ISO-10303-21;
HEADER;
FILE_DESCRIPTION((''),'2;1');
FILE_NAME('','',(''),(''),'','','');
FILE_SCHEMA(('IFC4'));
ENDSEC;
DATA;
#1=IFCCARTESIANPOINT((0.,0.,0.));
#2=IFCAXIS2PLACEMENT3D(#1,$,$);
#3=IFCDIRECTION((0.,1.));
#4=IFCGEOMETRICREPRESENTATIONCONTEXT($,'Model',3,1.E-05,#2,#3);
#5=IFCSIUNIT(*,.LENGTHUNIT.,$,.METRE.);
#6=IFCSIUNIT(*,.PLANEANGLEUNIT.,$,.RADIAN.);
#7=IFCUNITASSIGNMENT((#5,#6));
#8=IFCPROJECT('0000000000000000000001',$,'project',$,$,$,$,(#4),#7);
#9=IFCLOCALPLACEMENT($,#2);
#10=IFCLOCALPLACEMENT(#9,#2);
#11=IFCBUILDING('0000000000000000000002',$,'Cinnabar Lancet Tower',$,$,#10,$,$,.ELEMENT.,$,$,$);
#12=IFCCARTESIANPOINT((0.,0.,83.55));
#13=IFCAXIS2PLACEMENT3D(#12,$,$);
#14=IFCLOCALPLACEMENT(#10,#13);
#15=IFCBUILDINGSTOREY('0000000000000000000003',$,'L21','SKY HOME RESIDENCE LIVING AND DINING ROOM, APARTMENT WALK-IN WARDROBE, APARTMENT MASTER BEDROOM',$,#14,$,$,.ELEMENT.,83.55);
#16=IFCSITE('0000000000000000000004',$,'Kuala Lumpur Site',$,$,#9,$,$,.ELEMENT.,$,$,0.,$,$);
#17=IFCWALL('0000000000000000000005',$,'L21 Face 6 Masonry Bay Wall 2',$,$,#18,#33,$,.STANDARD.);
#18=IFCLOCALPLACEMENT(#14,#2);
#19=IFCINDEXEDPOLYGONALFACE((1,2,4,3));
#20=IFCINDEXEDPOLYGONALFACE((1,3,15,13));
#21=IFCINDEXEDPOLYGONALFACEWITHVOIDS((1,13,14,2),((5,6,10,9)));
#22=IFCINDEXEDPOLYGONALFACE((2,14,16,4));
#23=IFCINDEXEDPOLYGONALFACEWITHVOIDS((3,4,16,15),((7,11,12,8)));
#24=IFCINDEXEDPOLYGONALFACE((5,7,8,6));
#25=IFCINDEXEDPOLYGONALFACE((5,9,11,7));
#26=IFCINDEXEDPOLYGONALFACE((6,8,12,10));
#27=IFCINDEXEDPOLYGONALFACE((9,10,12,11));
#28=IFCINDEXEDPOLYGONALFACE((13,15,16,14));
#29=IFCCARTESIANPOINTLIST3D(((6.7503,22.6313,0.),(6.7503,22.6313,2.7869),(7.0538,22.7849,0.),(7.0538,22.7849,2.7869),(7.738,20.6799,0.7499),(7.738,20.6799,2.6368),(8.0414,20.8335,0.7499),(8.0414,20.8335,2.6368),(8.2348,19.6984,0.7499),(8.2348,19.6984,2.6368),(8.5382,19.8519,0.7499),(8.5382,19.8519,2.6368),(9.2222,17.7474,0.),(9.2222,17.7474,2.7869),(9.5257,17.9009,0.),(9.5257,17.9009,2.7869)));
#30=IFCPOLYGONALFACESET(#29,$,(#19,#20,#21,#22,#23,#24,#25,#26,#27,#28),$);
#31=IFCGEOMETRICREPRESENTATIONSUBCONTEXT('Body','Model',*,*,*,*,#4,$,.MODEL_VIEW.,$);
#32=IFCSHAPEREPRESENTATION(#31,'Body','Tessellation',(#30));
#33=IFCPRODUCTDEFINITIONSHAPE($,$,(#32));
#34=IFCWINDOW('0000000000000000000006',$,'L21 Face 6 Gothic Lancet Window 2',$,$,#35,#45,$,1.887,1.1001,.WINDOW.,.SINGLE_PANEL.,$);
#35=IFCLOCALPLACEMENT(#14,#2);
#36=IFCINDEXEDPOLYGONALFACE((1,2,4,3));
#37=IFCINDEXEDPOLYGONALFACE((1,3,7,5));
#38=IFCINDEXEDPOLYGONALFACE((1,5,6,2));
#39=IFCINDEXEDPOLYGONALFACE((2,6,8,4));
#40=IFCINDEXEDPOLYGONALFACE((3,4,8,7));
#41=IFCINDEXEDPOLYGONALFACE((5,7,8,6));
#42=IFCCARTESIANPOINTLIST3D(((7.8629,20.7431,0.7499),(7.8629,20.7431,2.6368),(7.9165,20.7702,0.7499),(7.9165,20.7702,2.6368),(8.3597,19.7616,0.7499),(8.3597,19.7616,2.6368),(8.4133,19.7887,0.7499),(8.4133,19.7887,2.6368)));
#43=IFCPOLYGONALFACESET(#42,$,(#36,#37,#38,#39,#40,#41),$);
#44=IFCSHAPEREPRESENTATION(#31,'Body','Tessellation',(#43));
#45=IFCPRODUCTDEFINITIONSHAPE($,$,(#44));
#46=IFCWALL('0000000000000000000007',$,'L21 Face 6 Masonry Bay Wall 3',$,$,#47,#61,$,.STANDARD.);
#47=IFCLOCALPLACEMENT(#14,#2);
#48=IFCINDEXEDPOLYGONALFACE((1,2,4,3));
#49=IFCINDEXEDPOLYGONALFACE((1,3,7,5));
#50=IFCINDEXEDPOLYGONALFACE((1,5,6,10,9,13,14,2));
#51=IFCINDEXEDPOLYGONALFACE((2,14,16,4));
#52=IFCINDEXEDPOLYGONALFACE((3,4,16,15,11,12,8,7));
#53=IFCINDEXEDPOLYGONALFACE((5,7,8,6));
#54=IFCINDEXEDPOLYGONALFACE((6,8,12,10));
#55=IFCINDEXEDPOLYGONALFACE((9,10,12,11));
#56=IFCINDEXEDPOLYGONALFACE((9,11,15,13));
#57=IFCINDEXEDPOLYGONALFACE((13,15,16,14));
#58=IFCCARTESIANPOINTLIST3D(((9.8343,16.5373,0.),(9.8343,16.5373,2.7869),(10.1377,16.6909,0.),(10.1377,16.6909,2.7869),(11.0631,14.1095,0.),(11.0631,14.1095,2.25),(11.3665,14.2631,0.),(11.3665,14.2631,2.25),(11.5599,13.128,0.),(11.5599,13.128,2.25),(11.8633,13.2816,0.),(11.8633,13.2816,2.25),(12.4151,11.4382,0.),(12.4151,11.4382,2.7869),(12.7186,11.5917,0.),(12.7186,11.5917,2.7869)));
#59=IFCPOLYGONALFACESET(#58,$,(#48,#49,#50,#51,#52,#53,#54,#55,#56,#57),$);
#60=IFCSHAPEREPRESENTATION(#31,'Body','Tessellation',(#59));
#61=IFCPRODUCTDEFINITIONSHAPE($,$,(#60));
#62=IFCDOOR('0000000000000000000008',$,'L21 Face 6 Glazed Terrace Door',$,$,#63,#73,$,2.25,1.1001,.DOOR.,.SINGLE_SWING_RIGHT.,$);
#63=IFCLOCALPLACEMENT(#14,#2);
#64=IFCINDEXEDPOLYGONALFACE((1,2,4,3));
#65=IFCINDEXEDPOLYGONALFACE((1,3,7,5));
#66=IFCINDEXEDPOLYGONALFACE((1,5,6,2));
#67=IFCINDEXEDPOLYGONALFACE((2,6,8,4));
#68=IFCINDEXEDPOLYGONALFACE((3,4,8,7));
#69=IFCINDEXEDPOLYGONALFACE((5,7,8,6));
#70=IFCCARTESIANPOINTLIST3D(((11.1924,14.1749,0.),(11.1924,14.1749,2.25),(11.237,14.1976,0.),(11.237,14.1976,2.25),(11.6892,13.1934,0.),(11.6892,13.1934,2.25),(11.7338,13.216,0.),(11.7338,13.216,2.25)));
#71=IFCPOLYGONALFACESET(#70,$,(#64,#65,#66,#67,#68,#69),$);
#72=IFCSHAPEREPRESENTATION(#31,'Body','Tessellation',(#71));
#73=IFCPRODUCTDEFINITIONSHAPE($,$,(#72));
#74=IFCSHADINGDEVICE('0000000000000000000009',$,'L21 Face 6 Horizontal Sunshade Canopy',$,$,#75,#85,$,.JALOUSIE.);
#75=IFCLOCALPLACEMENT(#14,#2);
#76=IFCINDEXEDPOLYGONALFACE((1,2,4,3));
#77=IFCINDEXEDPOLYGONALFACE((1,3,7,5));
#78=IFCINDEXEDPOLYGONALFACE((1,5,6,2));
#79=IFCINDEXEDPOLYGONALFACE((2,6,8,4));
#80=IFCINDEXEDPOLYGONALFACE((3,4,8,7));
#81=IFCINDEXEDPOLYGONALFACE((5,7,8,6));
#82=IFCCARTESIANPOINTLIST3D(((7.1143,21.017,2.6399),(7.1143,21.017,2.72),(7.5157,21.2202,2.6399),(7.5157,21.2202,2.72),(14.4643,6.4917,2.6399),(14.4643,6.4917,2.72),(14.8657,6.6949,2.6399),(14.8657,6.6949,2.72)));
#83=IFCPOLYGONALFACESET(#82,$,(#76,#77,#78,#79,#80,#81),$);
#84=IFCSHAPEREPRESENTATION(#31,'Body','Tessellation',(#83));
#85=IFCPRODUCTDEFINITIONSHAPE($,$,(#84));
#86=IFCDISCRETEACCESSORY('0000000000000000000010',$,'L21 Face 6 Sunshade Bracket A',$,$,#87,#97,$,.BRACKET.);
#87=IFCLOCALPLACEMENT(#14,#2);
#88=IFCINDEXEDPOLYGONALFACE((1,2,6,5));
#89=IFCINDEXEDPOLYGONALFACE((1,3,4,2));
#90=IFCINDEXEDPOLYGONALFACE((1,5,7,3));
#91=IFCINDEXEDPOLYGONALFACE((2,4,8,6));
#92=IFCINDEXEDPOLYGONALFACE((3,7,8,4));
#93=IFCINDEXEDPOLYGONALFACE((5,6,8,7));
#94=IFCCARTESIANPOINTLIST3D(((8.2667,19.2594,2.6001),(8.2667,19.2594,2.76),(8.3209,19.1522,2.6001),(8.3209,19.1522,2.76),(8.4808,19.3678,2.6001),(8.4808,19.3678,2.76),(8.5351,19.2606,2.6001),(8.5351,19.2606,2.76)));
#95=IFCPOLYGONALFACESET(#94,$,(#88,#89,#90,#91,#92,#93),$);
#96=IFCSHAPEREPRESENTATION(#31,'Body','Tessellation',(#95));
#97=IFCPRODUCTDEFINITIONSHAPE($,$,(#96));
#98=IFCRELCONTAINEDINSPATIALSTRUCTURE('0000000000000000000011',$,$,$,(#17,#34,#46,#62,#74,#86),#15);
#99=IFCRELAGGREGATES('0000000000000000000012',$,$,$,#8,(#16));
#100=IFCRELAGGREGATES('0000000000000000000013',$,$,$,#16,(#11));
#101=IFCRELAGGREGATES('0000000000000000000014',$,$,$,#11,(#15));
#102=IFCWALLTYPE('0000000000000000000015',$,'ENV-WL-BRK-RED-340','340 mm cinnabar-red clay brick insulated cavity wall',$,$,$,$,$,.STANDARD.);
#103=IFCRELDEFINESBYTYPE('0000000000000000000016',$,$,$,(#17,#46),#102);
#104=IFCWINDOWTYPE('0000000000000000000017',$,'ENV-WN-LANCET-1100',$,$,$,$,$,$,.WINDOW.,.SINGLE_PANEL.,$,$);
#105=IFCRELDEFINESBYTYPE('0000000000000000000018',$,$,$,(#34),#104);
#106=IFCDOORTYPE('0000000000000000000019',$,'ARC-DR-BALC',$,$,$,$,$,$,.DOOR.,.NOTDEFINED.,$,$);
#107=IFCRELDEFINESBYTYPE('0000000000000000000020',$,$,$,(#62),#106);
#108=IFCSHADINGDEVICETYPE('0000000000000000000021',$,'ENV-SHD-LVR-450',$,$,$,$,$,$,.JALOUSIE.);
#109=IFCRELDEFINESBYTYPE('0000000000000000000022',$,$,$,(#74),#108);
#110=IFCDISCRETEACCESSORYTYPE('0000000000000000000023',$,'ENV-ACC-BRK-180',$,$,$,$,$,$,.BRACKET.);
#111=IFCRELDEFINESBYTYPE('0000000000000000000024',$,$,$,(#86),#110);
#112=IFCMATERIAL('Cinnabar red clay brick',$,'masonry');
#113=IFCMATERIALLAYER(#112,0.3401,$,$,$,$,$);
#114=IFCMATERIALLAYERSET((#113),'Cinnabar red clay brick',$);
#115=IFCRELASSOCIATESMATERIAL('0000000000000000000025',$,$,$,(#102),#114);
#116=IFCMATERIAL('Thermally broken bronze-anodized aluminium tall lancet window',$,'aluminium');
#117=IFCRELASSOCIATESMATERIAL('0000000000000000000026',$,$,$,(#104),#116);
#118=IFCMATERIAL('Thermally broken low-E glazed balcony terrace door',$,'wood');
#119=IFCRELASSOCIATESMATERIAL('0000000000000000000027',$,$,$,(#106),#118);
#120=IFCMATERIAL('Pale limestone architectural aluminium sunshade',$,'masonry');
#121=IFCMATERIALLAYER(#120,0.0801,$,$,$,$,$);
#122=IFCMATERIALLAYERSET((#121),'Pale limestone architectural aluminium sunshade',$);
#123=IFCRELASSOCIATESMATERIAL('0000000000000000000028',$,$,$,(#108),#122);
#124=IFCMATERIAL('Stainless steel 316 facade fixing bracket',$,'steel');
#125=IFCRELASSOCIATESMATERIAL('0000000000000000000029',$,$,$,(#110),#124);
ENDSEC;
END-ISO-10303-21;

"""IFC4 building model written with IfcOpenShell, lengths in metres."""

from ifc_helpers import new_model, si_unit, direction, frame, frame_2d, origin, origin_2d, place, context, subcontext, project, spatial, rectangle, extrude, material, layer, layer_set, type_object, element, fill, save


model = new_model("IFC4")

# Units and contexts
model_context = context("Model", 3, precision=1e-05, world=origin(), true_north=direction((0.0, 1.0)))
body_context = subcontext(model_context, "Body", "Model", "MODEL_VIEW")
ifc_project = project(units=[si_unit("LENGTHUNIT", "METRE"), si_unit("PLANEANGLEUNIT", "RADIAN")], contexts=[model_context])

# Site, building, storey
site_placement = place(None, origin())
site = spatial("IfcSite", under=ifc_project, at=site_placement, Name="Kuala Lumpur Site", CompositionType="ELEMENT", RefElevation=0.0)
building_placement = place(site_placement, origin())
building = spatial("IfcBuilding", under=site, at=building_placement, Name="Cinnabar Lancet Tower", CompositionType="ELEMENT")
storey_placement = place(building_placement, frame((0.0, 0.0, 83.55)))
storey = spatial("IfcBuildingStorey", under=building, at=storey_placement, Name="L21", Description="SKY HOME RESIDENCE LIVING AND DINING ROOM, APARTMENT WALK-IN WARDROBE, APARTMENT MASTER BEDROOM", CompositionType="ELEMENT", Elevation=83.55)

# Wall, opening, window
ifc_material_1 = material(Name="Cinnabar red clay brick", Category="masonry")
ifc_layer_1 = layer(ifc_material_1, 0.3401)
ifc_layer_set_1 = layer_set([ifc_layer_1], Name="Cinnabar red clay brick")
wall_type_1 = type_object("IfcWallType", Name="ENV-WL-BRK-RED-340", Description="340 mm cinnabar-red clay brick insulated cavity wall", PredefinedType="STANDARD", material=ifc_layer_set_1)
wall_1_placement = place(storey_placement, frame((6.9021, 22.708, 0.0), z_axis=(0.0, 0.0, 1.0), x_axis=(0.451579, -0.892231, 0.0)))
wall_1 = element("IfcWall", 1, at=wall_1_placement, inside=storey, type_object=wall_type_1, Name="L21 Face 6 Masonry Bay Wall 2", PredefinedType="STANDARD", context=body_context, shape_type="SweptSolid", body=[
    extrude(rectangle(XDim=5.4739, YDim=0.3401, at=frame_2d((2.7368, 0.0))), origin(), (0.0, 0.0, 1.0), 2.7869),
])
opening_1_placement = place(wall_1_placement, frame((2.187, 0.0, 0.75)))
opening_1 = element("IfcOpeningElement", 2, at=opening_1_placement, cuts=wall_1, PredefinedType="OPENING", context=body_context, shape_type="SweptSolid", body=[
    extrude(rectangle(XDim=1.1001, YDim=1.887, at=frame_2d((0.55, 0.9434))), frame((0.0, 0.1799, 0.0), z_axis=(0.0, -1.0, 0.0), x_axis=(1.0, 0.0, 0.0)), (0.0, 0.0, 1.0), 0.3601),
])
ifc_material_2 = material(Name="Thermally broken bronze-anodized aluminium tall lancet window", Category="aluminium")
window_type = type_object("IfcWindowType", Name="ENV-WN-LANCET-1100", PartitioningType="SINGLE_PANEL", PredefinedType="WINDOW", material=ifc_material_2)
window_placement = place(opening_1_placement, origin())
window = element("IfcWindow", 3, at=window_placement, inside=storey, type_object=window_type, Name="L21 Face 6 Gothic Lancet Window 2", OverallHeight=1.887, OverallWidth=1.1001, PartitioningType="SINGLE_PANEL", PredefinedType="WINDOW", context=body_context, shape_type="SweptSolid", body=[
    extrude(rectangle(XDim=1.1001, YDim=1.887, at=frame_2d((0.55, 0.9434))), frame((0.0, 0.03, 0.0), z_axis=(0.0, -1.0, 0.0), x_axis=(1.0, 0.0, 0.0)), (0.0, 0.0, 1.0), 0.0601),
])
fill(opening_1, window)

# Wall, opening, door
wall_2_placement = place(storey_placement, frame((9.9861, 16.614, 0.0), z_axis=(0.0, 0.0, 1.0), x_axis=(0.451583, -0.892229, 0.0)))
wall_2 = element("IfcWall", 4, at=wall_2_placement, inside=storey, type_object=wall_type_1, Name="L21 Face 6 Masonry Bay Wall 3", PredefinedType="STANDARD", context=body_context, shape_type="SweptSolid", body=[
    extrude(rectangle(XDim=5.7151, YDim=0.3401, at=frame_2d((2.8574, 0.0))), origin(), (0.0, 0.0, 1.0), 2.7869),
])
opening_2_placement = place(wall_2_placement, frame((2.7209, 0.0, 0.0)))
opening_2 = element("IfcOpeningElement", 5, at=opening_2_placement, cuts=wall_2, PredefinedType="OPENING", context=body_context, shape_type="SweptSolid", body=[
    extrude(rectangle(XDim=1.1001, YDim=2.25, at=frame_2d((0.55, 1.125))), frame((0.0, 0.1799, 0.0), z_axis=(0.0, -1.0, 0.0), x_axis=(1.0, 0.0, 0.0)), (0.0, 0.0, 1.0), 0.3601),
])
ifc_material_3 = material(Name="Thermally broken low-E glazed balcony terrace door", Category="wood")
door_type_1 = type_object("IfcDoorType", Name="ARC-DR-BALC", OperationType="NOTDEFINED", PredefinedType="DOOR", material=ifc_material_3)
door_1_placement = place(opening_2_placement, origin())
door_1 = element("IfcDoor", 6, at=door_1_placement, inside=storey, type_object=door_type_1, Name="L21 Face 6 Glazed Terrace Door", OperationType="SINGLE_SWING_RIGHT", OverallHeight=2.25, OverallWidth=1.1001, PredefinedType="DOOR", context=body_context, shape_type="SweptSolid", body=[
    extrude(rectangle(XDim=1.1001, YDim=2.25, at=frame_2d((0.55, 1.125))), frame((0.0, 0.0249, 0.0), z_axis=(0.0, -1.0, 0.0), x_axis=(1.0, 0.0, 0.0)), (0.0, 0.0, 1.0), 0.05),
])
fill(opening_2, door_1)

# Shading device
ifc_material_4 = material(Name="Pale limestone architectural aluminium sunshade", Category="masonry")
ifc_layer_2 = layer(ifc_material_4, 0.0801)
ifc_layer_set_2 = layer_set([ifc_layer_2], Name="Pale limestone architectural aluminium sunshade")
shading_device_type = type_object("IfcShadingDeviceType", Name="ENV-SHD-LVR-450", PredefinedType="JALOUSIE", material=ifc_layer_set_2)
shading_device_placement = place(storey_placement, frame((10.99, 13.856, 2.6399), z_axis=(0.0, 0.0, 1.0), x_axis=(0.451501, -0.892271, 0.0)))
element("IfcShadingDevice", 7, at=shading_device_placement, inside=storey, type_object=shading_device_type, Name="L21 Face 6 Horizontal Sunshade Canopy", PredefinedType="JALOUSIE", context=body_context, shape_type="SweptSolid", body=[
    extrude(rectangle(XDim=16.2791, YDim=0.45, at=origin_2d()), origin(), (0.0, 0.0, 1.0), 0.0801),
])

# Discrete accessory
ifc_material_5 = material(Name="Stainless steel 316 facade fixing bracket", Category="steel")
discrete_accessory_type = type_object("IfcDiscreteAccessoryType", Name="ENV-ACC-BRK-180", PredefinedType="BRACKET", material=ifc_material_5)
discrete_accessory_placement = place(storey_placement, frame((8.4009, 19.26, 2.6001), z_axis=(0.0, 0.0, 1.0), x_axis=(0.451501, -0.892271, 0.0)))
element("IfcDiscreteAccessory", 8, at=discrete_accessory_placement, inside=storey, type_object=discrete_accessory_type, Name="L21 Face 6 Sunshade Bracket A", PredefinedType="BRACKET", context=body_context, shape_type="SweptSolid", body=[
    extrude(rectangle(XDim=0.1201, YDim=0.24, at=origin_2d()), origin(), (0.0, 0.0, 1.0), 0.1599),
])

save(model, "model.ifc")
